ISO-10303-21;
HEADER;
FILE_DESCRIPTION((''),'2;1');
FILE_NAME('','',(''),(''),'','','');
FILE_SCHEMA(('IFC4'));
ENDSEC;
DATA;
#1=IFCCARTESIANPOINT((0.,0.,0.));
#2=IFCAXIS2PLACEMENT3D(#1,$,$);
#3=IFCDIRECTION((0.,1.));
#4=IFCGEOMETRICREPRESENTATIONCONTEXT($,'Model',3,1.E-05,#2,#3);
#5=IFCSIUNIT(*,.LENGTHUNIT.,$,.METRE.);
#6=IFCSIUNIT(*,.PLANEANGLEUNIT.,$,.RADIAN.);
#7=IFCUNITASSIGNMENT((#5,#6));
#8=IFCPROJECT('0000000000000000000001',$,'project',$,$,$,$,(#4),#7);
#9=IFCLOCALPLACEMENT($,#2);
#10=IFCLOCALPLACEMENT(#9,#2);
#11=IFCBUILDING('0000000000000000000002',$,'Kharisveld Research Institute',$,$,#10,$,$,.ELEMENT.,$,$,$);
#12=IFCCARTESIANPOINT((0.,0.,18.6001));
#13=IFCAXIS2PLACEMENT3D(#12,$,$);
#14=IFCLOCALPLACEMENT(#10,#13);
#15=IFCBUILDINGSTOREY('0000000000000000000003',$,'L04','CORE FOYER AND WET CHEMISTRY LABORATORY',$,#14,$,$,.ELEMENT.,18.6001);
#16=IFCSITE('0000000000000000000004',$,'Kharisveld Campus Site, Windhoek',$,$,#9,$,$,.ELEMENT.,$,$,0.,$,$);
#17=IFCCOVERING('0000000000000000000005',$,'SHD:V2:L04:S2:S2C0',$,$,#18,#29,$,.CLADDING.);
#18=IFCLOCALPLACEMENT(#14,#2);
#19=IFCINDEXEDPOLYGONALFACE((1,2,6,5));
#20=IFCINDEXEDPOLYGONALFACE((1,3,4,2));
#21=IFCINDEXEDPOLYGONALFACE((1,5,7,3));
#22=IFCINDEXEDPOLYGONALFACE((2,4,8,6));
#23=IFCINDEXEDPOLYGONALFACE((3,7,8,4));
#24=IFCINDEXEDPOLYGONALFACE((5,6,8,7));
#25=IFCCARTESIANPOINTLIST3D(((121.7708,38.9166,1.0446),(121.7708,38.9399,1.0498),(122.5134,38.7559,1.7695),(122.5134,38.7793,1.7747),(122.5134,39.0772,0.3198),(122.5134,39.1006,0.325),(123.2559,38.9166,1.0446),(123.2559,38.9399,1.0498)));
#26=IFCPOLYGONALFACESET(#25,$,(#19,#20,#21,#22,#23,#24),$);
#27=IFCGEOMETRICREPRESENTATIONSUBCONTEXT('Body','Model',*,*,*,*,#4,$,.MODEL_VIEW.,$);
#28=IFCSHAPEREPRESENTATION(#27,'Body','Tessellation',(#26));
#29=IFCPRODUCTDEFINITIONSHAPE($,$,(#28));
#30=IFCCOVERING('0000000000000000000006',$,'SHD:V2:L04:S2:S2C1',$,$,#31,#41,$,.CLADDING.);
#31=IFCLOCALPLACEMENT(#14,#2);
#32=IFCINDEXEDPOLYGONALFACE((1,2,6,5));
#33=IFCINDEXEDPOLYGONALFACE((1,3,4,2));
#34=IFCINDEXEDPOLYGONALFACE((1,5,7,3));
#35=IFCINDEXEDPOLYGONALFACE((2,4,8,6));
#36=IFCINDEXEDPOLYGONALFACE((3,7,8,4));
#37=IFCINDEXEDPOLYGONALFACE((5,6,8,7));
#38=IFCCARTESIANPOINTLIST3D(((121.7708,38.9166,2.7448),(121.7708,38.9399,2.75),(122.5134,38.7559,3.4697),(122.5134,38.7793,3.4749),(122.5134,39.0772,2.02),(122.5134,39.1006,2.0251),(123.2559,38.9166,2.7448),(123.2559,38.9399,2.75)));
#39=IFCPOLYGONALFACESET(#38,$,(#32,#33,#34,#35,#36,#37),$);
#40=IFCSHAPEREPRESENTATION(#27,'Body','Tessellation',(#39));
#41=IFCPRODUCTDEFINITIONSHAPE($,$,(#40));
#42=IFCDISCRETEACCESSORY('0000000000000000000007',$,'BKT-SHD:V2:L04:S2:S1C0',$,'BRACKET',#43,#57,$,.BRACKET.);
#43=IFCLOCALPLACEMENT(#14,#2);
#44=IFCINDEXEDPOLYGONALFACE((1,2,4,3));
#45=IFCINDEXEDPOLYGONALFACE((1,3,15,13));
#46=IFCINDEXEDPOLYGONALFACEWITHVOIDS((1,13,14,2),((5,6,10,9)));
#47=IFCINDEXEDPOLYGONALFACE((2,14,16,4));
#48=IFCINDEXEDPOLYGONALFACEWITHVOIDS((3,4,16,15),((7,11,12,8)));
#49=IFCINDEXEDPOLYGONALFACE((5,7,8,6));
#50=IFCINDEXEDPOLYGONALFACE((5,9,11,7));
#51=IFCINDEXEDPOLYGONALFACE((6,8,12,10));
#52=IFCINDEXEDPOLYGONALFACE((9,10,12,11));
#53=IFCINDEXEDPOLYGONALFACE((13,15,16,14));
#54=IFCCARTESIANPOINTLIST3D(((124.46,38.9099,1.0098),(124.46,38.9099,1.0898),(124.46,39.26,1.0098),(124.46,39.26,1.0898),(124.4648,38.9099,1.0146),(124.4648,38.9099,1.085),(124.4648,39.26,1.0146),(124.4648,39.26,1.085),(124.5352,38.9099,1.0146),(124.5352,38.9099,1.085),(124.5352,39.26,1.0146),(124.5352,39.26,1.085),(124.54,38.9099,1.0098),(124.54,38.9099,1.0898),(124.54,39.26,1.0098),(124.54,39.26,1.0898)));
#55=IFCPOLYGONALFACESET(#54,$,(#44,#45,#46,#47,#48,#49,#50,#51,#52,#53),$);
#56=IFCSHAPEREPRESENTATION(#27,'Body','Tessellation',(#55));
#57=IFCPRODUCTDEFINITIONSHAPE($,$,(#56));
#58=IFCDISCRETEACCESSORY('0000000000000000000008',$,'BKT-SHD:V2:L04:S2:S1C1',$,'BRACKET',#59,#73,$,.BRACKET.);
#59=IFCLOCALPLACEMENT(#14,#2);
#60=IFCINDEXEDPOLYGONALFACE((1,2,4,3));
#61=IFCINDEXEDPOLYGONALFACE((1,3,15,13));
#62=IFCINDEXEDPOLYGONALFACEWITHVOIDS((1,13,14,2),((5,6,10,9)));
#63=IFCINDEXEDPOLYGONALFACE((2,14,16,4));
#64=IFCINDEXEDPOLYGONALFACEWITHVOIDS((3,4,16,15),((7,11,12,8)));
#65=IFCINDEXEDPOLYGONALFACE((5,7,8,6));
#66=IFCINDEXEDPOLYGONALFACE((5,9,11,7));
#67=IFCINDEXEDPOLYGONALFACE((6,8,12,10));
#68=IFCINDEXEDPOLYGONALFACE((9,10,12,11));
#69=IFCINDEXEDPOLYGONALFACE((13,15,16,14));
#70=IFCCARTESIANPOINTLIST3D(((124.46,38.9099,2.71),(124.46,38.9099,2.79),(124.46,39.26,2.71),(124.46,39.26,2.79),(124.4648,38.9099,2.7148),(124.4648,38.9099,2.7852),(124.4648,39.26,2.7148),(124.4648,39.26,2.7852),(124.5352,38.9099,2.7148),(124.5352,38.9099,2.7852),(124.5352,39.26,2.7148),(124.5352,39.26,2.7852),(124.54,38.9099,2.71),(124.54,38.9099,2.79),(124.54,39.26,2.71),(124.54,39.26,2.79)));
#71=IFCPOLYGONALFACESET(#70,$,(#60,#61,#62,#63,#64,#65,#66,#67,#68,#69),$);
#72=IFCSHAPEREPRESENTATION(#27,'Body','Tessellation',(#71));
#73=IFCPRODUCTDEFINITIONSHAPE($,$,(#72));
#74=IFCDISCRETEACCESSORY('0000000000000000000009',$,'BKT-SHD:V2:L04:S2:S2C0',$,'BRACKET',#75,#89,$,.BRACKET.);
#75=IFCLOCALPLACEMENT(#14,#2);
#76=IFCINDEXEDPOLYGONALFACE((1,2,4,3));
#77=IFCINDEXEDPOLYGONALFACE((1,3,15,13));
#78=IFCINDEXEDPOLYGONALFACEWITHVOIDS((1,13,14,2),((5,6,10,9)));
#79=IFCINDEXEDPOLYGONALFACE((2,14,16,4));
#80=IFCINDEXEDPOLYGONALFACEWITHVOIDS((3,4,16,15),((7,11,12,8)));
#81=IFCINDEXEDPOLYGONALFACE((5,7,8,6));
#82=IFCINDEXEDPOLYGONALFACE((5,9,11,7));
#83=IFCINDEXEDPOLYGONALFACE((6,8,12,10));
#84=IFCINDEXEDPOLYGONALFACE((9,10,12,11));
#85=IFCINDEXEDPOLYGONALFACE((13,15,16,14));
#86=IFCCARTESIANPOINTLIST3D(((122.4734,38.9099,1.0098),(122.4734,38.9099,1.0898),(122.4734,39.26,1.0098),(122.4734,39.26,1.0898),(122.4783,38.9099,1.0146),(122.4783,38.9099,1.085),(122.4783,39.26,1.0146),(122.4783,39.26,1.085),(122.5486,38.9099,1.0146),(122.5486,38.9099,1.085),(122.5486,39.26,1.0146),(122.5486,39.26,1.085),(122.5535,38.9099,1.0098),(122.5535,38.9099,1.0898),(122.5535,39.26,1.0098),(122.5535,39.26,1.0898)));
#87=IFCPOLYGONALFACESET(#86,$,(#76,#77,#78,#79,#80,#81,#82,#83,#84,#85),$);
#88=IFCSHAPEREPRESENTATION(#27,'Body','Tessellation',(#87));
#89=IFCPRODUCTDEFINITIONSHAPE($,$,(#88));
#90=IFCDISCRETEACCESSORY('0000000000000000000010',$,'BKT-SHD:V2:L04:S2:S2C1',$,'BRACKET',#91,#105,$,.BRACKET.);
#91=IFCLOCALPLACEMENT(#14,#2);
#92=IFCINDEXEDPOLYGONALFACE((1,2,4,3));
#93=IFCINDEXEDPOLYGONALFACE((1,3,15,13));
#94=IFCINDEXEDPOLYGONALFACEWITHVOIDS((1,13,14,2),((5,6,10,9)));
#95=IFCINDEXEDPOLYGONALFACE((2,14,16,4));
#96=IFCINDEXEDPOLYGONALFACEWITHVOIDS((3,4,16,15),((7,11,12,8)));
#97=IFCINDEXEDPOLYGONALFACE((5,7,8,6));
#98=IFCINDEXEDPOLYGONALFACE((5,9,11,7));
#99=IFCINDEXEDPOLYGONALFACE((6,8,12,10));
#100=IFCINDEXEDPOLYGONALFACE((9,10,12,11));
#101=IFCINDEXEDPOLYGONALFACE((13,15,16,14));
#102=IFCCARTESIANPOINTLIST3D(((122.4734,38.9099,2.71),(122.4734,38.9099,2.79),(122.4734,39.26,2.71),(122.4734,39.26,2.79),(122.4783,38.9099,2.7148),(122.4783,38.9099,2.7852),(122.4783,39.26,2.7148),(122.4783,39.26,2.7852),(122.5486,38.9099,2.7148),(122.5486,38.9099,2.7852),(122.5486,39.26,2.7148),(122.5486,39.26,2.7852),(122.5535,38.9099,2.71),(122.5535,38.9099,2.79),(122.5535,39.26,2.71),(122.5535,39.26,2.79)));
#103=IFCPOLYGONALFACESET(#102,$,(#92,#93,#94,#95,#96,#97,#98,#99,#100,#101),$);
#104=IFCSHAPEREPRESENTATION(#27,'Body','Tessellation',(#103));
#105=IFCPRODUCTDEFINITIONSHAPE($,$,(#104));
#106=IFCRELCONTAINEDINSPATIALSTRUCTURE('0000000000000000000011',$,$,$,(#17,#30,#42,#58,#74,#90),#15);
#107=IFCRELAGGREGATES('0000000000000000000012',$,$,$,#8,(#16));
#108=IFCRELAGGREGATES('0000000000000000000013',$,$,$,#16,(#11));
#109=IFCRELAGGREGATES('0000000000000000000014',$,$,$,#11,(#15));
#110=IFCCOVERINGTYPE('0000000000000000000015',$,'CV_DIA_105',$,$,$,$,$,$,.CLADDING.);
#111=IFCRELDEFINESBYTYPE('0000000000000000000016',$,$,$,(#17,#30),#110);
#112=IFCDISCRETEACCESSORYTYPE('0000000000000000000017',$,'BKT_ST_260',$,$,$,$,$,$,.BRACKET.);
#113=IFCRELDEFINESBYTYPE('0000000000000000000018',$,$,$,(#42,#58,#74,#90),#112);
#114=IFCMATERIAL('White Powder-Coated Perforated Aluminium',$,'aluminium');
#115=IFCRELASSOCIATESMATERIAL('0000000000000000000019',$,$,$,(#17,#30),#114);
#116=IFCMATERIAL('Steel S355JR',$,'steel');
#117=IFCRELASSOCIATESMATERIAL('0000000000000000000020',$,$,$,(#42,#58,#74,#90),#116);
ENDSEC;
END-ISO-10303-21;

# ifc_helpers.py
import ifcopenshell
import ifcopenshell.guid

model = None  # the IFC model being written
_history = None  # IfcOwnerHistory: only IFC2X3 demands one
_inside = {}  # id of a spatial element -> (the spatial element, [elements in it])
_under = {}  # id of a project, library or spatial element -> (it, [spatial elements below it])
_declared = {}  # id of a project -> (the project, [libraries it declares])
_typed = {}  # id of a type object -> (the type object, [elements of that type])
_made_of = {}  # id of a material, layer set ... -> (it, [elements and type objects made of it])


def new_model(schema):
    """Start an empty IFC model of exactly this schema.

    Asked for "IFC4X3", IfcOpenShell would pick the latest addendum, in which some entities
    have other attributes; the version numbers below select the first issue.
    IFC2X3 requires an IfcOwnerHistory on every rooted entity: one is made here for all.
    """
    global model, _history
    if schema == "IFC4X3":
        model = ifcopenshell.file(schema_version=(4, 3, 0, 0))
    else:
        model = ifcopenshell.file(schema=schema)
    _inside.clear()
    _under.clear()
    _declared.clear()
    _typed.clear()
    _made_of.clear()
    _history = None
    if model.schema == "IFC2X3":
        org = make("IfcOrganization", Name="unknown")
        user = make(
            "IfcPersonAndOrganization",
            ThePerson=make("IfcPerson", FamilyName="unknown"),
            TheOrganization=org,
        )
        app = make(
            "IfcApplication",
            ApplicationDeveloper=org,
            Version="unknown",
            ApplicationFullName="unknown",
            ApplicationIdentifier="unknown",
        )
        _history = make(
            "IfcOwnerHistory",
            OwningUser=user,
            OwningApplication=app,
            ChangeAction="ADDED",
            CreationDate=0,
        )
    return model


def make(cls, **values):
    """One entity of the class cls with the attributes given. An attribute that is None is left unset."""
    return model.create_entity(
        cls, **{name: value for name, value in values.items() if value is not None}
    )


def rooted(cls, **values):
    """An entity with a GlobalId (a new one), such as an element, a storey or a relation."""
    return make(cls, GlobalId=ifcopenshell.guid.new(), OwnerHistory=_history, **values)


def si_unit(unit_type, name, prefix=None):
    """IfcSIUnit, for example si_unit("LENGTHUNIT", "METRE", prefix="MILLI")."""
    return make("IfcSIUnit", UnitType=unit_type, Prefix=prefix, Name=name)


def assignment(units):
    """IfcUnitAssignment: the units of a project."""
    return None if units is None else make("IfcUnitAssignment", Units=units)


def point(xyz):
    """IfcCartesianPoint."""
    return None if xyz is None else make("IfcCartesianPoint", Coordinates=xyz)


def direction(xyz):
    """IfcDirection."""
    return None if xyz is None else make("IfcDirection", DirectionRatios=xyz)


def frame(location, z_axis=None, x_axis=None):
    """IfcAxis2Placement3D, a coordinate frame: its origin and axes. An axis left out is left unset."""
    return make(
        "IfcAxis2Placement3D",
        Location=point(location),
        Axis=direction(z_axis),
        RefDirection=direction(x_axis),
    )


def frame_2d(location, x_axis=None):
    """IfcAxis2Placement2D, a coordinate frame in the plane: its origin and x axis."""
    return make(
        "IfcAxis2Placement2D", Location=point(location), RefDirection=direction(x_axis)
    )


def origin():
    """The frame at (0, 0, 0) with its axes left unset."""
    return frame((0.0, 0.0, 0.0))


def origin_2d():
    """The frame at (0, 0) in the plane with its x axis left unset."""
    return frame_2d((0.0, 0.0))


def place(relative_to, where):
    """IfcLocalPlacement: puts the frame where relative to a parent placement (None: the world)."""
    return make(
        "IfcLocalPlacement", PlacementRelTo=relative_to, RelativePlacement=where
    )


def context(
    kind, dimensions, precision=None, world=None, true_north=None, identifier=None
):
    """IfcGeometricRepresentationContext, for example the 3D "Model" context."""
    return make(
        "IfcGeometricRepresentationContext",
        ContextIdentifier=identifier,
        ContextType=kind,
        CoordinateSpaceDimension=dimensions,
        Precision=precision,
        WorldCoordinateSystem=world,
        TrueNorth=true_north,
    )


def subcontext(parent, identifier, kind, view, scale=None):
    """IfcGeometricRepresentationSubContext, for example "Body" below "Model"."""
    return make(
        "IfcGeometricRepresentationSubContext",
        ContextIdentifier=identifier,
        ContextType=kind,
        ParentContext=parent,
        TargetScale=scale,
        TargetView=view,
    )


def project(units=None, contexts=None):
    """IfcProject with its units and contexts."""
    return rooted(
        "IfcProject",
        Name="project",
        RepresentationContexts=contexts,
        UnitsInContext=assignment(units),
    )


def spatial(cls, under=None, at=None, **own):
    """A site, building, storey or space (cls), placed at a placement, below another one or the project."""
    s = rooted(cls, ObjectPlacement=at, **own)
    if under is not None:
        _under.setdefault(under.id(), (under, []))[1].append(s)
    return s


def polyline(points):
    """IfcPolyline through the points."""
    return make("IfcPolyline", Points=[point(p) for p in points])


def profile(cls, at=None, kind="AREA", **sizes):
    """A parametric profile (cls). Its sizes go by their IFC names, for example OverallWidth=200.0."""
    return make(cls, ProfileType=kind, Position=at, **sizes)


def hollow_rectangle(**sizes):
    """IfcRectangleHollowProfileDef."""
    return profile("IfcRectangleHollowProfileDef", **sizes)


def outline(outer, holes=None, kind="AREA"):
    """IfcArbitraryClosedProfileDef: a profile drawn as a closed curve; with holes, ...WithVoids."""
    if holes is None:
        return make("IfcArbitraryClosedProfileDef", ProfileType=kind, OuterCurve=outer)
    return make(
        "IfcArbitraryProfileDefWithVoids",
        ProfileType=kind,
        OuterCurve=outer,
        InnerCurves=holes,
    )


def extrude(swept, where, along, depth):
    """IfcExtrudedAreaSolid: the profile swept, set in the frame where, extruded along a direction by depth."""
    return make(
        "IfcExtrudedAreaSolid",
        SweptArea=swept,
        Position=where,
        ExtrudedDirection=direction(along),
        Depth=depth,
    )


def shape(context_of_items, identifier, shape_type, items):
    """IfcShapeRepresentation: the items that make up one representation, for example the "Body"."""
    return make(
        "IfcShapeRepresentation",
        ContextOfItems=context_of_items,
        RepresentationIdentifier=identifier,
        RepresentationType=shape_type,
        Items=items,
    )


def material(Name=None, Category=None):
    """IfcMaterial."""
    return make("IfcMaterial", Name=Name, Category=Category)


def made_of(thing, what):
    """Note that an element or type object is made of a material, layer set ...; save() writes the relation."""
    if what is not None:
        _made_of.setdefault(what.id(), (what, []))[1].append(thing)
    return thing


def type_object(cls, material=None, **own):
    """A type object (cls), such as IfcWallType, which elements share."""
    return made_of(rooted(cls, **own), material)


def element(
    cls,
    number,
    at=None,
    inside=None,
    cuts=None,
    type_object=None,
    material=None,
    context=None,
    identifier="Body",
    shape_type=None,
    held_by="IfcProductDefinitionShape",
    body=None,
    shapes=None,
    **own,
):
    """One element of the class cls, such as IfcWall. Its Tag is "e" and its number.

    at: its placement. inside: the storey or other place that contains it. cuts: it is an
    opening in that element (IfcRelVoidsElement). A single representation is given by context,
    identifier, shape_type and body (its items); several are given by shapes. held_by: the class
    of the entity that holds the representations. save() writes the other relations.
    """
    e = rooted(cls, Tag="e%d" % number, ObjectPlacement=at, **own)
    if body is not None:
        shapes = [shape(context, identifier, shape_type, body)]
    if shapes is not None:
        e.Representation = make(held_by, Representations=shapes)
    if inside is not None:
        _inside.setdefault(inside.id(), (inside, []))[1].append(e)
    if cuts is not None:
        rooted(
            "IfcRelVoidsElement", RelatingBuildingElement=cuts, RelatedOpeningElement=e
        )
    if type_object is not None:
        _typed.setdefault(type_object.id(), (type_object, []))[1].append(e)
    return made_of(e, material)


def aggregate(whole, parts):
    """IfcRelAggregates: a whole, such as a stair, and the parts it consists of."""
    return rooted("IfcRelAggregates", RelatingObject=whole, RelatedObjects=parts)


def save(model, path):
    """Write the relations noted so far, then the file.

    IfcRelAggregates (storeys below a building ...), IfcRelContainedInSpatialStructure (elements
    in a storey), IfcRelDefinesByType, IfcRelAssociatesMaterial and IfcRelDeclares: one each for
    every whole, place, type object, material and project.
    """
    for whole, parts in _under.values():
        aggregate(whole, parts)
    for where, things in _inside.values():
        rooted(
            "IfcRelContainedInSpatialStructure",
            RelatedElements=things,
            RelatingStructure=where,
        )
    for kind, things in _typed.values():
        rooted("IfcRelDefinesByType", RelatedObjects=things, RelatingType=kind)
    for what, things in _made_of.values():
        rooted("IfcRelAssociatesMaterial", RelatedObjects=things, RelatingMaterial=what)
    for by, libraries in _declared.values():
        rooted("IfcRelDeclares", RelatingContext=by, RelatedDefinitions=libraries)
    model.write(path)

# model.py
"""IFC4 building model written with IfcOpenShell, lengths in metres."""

from ifc_helpers import new_model, si_unit, direction, frame, origin, origin_2d, place, context, subcontext, project, spatial, polyline, hollow_rectangle, outline, extrude, material, type_object, element, save


model = new_model("IFC4")

# Units and contexts
model_context = context("Model", 3, precision=1e-05, world=origin(), true_north=direction((0.0, 1.0)))
body_context = subcontext(model_context, "Body", "Model", "MODEL_VIEW")
ifc_project = project(units=[si_unit("LENGTHUNIT", "METRE"), si_unit("PLANEANGLEUNIT", "RADIAN")], contexts=[model_context])

# Site, building, storey
site_placement = place(None, origin())
site = spatial("IfcSite", under=ifc_project, at=site_placement, Name="Kharisveld Campus Site, Windhoek", CompositionType="ELEMENT", RefElevation=0.0)
building_placement = place(site_placement, origin())
building = spatial("IfcBuilding", under=site, at=building_placement, Name="Kharisveld Research Institute", CompositionType="ELEMENT")
storey_placement = place(building_placement, frame((0.0, 0.0, 18.6001)))
storey = spatial("IfcBuildingStorey", under=building, at=storey_placement, Name="L04", Description="CORE FOYER AND WET CHEMISTRY LABORATORY", CompositionType="ELEMENT", Elevation=18.6001)

# Coverings
ifc_material_1 = material(Name="White Powder-Coated Perforated Aluminium", Category="aluminium")
covering_type = type_object("IfcCoveringType", Name="CV_DIA_105", PredefinedType="CLADDING")
for number, where, z_axis, x_axis, name in (
    (1, (122.5134, 39.1006, 0.325), (0.0, 0.976311, 0.216373), (-0.707218, -0.152975, 0.690247), "SHD:V2:L04:S2:S2C0"),
    (2, (122.5134, 39.1006, 2.0251), (0.0, 0.976311, 0.216373), (-0.707218, -0.152975, 0.690247), "SHD:V2:L04:S2:S2C1"),
):
    element("IfcCovering", number, at=place(storey_placement, frame(where, z_axis=z_axis, x_axis=x_axis)), inside=storey, type_object=covering_type, material=ifc_material_1, Name=name, PredefinedType="CLADDING", context=body_context, shape_type="SweptSolid", body=[
        extrude(outline(polyline([(0.0, 0.0), (1.0501, 0.0), (1.0498, 1.0501), (-0.0002, 1.05), (0.0, 0.0)])), origin(), (0.0, 0.0, -1.0), 0.0239),
    ])

# Discrete accessories
ifc_material_2 = material(Name="Steel S355JR", Category="steel")
discrete_accessory_type = type_object("IfcDiscreteAccessoryType", Name="BKT_ST_260", PredefinedType="BRACKET")
for number, where, z_axis, x_axis, name in (
    (3, (124.5, 39.26, 1.0498), (0.0, -1.0, 0.0), (1.0, 0.0, 0.0), "BKT-SHD:V2:L04:S2:S1C0"),
    (4, (124.5, 39.26, 2.75), (0.0, -1.0, 0.0), (1.0, 0.0, 0.0), "BKT-SHD:V2:L04:S2:S1C1"),
    (5, (122.5134, 39.26, 1.0498), (0.0, -1.0, 0.0), (1.0, 0.0, 0.0), "BKT-SHD:V2:L04:S2:S2C0"),
    (6, (122.5134, 39.26, 2.75), (0.0, -1.0, 0.0), (1.0, 0.0, 0.0), "BKT-SHD:V2:L04:S2:S2C1"),
):
    element("IfcDiscreteAccessory", number, at=place(storey_placement, frame(where, z_axis=z_axis, x_axis=x_axis)), inside=storey, type_object=discrete_accessory_type, material=ifc_material_2, Name=name, ObjectType="BRACKET", PredefinedType="BRACKET", context=body_context, shape_type="SweptSolid", body=[
        extrude(hollow_rectangle(XDim=0.0801, YDim=0.0801, WallThickness=0.0049, at=origin_2d()), origin(), (0.0, 0.0, 1.0), 0.3501),
    ])

save(model, "model.ifc")
